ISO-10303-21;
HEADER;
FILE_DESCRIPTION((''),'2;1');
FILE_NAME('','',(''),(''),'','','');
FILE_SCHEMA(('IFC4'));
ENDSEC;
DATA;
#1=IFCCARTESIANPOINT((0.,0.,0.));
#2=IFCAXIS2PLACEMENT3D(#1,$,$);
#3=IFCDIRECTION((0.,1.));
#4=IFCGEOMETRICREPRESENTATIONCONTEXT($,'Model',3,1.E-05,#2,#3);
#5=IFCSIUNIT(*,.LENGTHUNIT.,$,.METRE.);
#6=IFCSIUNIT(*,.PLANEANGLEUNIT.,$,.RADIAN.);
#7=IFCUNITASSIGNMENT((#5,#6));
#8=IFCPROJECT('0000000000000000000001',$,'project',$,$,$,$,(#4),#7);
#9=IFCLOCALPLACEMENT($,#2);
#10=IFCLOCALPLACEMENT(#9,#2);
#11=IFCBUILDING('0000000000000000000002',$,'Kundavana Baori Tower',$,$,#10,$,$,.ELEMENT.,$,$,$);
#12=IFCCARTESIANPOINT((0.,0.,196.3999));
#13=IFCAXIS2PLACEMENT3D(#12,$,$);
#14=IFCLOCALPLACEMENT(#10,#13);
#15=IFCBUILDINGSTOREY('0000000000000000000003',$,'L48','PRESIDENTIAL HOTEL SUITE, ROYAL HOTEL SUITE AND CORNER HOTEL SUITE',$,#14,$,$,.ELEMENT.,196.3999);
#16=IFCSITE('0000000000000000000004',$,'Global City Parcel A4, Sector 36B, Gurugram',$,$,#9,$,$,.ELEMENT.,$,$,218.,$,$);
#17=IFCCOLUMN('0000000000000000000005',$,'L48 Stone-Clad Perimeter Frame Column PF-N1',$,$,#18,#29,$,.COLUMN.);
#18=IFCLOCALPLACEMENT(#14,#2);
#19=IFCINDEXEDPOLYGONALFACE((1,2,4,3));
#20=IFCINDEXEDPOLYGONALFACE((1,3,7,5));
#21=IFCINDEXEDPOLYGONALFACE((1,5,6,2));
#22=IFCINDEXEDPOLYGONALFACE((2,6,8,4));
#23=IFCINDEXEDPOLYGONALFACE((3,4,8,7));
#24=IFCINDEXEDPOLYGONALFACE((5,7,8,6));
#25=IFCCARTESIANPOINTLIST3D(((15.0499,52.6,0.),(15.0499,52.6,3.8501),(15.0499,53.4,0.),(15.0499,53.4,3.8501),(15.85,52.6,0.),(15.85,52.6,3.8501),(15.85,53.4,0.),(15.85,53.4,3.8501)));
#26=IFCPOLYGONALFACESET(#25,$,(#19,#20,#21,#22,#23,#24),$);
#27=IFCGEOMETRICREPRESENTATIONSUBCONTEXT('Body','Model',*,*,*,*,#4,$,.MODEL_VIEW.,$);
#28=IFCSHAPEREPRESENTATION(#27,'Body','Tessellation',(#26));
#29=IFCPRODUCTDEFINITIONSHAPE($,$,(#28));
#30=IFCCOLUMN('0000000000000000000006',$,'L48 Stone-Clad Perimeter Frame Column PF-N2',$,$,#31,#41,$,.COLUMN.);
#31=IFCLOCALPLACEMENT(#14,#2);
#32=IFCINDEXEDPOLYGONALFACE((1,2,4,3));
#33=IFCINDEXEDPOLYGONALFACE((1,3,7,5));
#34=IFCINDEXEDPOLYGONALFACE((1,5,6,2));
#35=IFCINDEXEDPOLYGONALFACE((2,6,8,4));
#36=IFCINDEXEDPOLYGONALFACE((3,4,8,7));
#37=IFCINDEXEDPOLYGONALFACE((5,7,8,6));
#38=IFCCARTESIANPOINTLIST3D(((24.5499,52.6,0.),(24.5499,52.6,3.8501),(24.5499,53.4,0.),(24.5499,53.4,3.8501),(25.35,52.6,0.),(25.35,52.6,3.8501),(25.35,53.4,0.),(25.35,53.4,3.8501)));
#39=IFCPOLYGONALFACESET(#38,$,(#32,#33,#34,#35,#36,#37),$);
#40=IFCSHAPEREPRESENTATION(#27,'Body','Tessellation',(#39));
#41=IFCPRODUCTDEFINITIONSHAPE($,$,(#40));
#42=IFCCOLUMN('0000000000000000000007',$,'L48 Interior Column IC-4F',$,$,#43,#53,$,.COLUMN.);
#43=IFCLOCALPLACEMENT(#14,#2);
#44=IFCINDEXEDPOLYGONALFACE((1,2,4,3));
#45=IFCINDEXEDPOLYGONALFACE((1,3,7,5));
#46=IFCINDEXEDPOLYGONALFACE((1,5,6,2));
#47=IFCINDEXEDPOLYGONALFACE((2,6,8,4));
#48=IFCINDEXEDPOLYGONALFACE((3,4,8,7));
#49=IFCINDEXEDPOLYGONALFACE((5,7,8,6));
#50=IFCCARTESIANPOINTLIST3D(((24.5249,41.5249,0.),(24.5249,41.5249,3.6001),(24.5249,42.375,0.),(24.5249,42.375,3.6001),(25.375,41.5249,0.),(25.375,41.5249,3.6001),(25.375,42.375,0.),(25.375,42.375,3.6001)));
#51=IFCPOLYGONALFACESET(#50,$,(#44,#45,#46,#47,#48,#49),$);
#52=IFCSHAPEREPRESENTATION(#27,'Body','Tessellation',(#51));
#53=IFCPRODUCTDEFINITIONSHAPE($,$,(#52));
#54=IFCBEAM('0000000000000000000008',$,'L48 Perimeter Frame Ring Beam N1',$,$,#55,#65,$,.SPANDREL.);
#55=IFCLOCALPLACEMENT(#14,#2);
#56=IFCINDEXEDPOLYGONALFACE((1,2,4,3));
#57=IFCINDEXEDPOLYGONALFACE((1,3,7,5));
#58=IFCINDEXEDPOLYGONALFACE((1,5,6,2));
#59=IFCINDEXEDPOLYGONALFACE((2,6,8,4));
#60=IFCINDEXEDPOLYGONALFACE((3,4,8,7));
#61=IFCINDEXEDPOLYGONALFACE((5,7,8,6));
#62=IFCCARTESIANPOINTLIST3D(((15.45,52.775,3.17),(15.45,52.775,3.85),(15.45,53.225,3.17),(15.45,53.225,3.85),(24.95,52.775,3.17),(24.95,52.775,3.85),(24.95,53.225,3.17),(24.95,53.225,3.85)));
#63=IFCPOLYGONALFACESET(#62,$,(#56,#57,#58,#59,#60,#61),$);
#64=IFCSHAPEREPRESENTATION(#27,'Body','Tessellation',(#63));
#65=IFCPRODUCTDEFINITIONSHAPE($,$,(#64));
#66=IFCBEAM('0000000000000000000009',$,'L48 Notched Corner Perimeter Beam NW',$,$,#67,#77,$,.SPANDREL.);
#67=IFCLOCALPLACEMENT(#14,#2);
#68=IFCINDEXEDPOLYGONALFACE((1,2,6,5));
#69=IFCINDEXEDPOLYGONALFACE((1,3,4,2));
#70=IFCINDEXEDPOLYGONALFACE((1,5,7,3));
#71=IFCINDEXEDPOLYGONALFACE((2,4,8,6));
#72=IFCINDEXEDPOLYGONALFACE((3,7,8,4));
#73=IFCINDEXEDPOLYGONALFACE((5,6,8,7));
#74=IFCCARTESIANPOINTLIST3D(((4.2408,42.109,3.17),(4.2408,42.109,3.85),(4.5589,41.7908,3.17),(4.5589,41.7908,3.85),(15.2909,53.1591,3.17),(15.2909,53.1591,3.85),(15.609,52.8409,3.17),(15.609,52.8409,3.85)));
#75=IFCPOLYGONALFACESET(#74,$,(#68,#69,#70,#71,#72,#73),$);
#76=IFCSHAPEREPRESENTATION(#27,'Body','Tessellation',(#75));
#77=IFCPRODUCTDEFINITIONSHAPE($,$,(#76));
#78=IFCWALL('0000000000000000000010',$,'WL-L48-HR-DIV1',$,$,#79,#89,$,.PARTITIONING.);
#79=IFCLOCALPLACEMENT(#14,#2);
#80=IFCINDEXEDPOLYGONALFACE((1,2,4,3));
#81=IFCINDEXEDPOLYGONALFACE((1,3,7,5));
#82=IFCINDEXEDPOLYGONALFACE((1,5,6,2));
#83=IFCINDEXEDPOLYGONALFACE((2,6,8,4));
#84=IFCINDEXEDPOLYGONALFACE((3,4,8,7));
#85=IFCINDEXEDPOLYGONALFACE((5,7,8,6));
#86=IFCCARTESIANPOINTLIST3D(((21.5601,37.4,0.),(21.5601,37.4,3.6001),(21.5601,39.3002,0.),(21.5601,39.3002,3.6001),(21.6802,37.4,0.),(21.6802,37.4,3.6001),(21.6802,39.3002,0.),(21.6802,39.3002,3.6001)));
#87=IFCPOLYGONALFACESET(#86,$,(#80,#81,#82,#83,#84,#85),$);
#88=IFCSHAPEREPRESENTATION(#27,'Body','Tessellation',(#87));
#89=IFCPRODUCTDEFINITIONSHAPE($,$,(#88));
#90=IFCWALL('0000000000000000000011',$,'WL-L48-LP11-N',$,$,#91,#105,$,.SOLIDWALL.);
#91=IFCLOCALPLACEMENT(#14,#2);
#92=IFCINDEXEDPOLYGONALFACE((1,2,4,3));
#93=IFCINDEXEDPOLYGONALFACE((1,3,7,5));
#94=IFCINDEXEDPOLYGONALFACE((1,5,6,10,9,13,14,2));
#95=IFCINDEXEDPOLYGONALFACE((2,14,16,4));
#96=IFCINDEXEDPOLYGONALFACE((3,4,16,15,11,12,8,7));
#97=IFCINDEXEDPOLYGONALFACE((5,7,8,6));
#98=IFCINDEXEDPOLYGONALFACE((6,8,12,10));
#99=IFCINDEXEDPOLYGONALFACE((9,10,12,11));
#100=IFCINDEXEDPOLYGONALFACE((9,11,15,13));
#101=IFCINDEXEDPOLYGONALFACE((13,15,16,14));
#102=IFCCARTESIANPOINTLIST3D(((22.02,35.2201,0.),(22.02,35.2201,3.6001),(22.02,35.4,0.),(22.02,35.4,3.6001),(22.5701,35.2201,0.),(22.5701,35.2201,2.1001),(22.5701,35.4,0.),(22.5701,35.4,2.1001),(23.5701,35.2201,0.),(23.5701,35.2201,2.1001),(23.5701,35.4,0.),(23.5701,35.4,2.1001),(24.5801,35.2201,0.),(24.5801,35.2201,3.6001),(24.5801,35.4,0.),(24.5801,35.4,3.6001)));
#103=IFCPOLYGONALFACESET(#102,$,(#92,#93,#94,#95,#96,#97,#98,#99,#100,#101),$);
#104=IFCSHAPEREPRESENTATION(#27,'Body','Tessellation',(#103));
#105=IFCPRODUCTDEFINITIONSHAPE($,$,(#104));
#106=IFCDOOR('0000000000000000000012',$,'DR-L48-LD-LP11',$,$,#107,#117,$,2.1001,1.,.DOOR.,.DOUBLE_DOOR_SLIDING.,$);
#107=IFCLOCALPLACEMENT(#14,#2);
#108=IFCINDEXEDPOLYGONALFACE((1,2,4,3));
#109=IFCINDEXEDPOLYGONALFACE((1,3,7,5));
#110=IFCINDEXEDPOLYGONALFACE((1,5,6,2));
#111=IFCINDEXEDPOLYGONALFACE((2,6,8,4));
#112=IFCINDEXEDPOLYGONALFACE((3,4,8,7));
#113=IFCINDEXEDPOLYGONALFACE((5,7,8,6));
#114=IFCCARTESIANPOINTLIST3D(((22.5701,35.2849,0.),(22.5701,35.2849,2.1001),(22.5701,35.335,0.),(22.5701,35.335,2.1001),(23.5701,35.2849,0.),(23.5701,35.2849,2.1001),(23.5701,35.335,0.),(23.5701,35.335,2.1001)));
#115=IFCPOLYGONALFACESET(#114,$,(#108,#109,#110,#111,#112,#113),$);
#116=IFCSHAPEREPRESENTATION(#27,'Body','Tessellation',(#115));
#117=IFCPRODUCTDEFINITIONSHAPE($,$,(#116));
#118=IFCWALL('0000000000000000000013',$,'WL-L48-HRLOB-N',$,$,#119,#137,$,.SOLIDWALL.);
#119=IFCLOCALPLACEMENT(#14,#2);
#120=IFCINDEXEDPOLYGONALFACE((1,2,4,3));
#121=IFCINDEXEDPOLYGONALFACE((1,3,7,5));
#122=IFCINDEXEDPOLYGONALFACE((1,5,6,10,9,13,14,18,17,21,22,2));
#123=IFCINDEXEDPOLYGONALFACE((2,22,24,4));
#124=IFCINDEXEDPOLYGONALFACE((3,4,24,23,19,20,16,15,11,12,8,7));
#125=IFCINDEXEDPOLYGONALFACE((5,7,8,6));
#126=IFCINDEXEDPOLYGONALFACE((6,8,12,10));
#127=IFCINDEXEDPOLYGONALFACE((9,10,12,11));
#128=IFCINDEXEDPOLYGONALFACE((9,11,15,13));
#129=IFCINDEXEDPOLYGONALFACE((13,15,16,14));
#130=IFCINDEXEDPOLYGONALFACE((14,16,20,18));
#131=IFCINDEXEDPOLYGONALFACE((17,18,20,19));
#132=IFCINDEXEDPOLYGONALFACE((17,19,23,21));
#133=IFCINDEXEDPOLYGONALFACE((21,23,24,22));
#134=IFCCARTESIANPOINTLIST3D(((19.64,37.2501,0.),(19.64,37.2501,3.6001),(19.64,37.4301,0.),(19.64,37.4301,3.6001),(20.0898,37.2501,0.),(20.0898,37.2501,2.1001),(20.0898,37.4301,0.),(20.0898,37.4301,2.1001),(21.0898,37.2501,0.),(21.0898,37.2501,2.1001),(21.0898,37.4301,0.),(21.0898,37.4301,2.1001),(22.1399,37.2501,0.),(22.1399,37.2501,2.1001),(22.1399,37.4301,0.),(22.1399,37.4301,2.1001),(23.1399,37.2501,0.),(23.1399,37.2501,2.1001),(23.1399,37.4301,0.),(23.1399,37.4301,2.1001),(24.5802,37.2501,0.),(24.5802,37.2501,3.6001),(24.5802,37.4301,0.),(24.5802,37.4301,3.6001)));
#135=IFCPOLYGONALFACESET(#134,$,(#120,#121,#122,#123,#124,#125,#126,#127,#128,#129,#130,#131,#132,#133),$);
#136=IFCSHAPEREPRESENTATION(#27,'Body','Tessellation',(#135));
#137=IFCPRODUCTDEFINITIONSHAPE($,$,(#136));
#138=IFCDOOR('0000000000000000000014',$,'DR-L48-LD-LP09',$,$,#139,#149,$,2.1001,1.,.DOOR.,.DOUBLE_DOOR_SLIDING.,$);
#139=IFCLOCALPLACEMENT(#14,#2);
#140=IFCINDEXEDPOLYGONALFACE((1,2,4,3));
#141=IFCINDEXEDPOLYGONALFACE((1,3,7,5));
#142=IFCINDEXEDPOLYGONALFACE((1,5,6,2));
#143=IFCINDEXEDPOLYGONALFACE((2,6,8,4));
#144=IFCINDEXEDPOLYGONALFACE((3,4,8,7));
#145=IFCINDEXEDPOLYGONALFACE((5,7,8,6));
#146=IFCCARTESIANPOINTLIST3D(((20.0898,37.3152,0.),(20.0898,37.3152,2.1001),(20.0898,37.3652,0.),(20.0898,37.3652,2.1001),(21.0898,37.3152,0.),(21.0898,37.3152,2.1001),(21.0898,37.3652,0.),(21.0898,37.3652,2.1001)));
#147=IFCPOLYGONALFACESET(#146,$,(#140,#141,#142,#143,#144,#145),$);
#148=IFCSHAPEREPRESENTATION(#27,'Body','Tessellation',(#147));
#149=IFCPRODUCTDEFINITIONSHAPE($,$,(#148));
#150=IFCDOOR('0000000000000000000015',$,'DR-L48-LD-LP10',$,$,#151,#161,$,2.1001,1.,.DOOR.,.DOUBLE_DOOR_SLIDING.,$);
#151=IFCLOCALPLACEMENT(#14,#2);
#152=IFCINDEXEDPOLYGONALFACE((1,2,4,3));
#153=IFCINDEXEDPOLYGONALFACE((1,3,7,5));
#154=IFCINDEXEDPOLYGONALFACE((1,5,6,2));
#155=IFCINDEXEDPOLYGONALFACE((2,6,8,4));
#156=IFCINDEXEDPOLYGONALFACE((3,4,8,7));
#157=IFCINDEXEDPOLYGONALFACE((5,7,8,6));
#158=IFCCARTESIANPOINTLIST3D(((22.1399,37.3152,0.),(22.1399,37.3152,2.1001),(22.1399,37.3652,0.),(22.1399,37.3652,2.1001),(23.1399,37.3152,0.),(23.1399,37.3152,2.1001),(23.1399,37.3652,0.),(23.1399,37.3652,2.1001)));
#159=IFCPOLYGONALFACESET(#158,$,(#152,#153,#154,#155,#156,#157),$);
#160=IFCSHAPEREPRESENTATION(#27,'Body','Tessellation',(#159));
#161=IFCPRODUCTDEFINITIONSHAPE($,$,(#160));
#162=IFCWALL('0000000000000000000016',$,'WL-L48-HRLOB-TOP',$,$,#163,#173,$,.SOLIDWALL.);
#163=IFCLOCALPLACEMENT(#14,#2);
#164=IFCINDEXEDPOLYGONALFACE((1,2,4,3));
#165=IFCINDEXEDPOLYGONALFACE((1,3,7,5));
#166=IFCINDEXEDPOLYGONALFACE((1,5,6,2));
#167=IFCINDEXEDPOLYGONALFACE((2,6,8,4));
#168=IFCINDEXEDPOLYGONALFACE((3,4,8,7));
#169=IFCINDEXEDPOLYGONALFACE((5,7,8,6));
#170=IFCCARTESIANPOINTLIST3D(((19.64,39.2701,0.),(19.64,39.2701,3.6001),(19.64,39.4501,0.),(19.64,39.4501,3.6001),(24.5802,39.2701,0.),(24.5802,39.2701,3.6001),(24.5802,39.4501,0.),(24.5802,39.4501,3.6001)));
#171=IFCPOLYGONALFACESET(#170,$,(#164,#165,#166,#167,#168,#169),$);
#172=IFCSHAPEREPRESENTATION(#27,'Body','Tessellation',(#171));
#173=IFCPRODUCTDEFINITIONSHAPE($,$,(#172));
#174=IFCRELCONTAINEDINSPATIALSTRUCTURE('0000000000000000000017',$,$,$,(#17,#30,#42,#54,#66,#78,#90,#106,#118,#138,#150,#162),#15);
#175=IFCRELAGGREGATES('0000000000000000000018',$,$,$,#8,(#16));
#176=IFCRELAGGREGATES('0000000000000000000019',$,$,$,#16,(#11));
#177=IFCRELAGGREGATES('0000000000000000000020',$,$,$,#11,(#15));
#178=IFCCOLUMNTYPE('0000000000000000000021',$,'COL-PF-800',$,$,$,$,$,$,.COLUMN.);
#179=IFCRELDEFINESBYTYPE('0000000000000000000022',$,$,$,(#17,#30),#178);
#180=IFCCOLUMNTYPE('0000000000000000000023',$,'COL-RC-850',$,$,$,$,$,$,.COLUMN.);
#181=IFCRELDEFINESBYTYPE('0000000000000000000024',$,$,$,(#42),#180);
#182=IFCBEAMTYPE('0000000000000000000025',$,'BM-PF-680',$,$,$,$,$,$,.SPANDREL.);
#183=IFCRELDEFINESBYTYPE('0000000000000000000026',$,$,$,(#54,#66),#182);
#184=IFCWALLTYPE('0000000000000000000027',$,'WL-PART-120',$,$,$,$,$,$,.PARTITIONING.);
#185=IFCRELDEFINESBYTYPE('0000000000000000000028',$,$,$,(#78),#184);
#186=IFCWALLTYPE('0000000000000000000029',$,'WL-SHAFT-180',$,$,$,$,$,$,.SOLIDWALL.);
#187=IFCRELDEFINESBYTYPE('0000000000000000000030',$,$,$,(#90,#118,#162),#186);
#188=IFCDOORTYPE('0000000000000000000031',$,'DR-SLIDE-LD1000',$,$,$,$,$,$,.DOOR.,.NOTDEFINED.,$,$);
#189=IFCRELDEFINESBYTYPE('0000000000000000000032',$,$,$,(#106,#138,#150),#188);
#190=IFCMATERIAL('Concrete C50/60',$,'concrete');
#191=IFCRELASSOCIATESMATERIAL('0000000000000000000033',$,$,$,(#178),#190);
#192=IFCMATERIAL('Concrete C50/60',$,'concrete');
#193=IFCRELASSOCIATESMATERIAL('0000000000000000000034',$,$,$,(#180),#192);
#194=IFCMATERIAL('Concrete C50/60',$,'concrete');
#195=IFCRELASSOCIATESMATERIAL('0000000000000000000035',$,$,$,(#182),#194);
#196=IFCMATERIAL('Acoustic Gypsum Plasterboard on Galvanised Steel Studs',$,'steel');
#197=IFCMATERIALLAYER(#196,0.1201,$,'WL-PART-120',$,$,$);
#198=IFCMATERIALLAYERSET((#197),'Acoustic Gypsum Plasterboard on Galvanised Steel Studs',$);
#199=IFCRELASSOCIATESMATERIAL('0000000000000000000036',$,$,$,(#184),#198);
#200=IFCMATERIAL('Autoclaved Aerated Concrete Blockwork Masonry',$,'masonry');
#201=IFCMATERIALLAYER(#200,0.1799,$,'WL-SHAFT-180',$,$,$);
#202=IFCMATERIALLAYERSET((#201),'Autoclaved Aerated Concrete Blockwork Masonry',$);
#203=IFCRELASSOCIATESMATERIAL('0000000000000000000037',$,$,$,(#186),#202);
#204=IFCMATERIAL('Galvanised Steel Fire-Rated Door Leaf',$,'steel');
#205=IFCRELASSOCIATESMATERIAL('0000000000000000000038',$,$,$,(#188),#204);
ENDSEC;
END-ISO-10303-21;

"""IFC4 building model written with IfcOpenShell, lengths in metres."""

from ifc_helpers import new_model, si_unit, direction, frame, frame_2d, origin, origin_2d, place, context, subcontext, project, spatial, rectangle, extrude, material, layer, layer_set, material_profile, profile_set, type_object, element, fill, save


model = new_model("IFC4")

# Units and contexts
model_context = context("Model", 3, precision=1e-05, world=origin(), true_north=direction((0.0, 1.0)))
body_context = subcontext(model_context, "Body", "Model", "MODEL_VIEW")
ifc_project = project(units=[si_unit("LENGTHUNIT", "METRE"), si_unit("PLANEANGLEUNIT", "RADIAN")], contexts=[model_context])

# Site, building, storey
site_placement = place(None, origin())
site = spatial("IfcSite", under=ifc_project, at=site_placement, Name="Global City Parcel A4, Sector 36B, Gurugram", CompositionType="ELEMENT", RefElevation=218.0)
building_placement = place(site_placement, origin())
building = spatial("IfcBuilding", under=site, at=building_placement, Name="Kundavana Baori Tower", CompositionType="ELEMENT")
storey_placement = place(building_placement, frame((0.0, 0.0, 196.3999)))
storey = spatial("IfcBuildingStorey", under=building, at=storey_placement, Name="L48", Description="PRESIDENTIAL HOTEL SUITE, ROYAL HOTEL SUITE AND CORNER HOTEL SUITE", CompositionType="ELEMENT", Elevation=196.3999)

# Columns
ifc_material_1 = material(Name="Concrete C50/60", Category="concrete")
ifc_material_profile_1 = material_profile(ifc_material_1, rectangle(XDim=0.8, YDim=0.8, at=origin_2d()), Name="RC PF 800x800")
ifc_profile_set_1 = profile_set([ifc_material_profile_1], Name="Concrete C50/60")
column_type_1 = type_object("IfcColumnType", Name="COL-PF-800", PredefinedType="COLUMN", material=ifc_profile_set_1)
for number, where, z_axis, x_axis, name in (
    (1, (15.45, 53.0, 0.0), (0.0, 0.0, 1.0), (1.0, 0.0, 0.0), "L48 Stone-Clad Perimeter Frame Column PF-N1"),
    (2, (24.95, 53.0, 0.0), (0.0, 0.0, 1.0), (1.0, 0.0, 0.0), "L48 Stone-Clad Perimeter Frame Column PF-N2"),
):
    element("IfcColumn", number, at=place(storey_placement, frame(where, z_axis=z_axis, x_axis=x_axis)), inside=storey, type_object=column_type_1, Name=name, PredefinedType="COLUMN", context=body_context, shape_type="SweptSolid", body=[
        extrude(rectangle(XDim=0.8, YDim=0.8, at=origin_2d()), origin(), (0.0, 0.0, 1.0), 3.8501),
    ])
ifc_material_2 = material(Name="Concrete C50/60", Category="concrete")
ifc_material_profile_2 = material_profile(ifc_material_2, rectangle(XDim=0.8501, YDim=0.8501, at=origin_2d()), Name="RC 850x850")
ifc_profile_set_2 = profile_set([ifc_material_profile_2], Name="Concrete C50/60")
column_type_2 = type_object("IfcColumnType", Name="COL-RC-850", PredefinedType="COLUMN", material=ifc_profile_set_2)
column_placement = place(storey_placement, frame((24.95, 41.95, 0.0), z_axis=(0.0, 0.0, 1.0), x_axis=(1.0, 0.0, 0.0)))
element("IfcColumn", 3, at=column_placement, inside=storey, type_object=column_type_2, Name="L48 Interior Column IC-4F", PredefinedType="COLUMN", context=body_context, shape_type="SweptSolid", body=[
    extrude(rectangle(XDim=0.8501, YDim=0.8501, at=origin_2d()), origin(), (0.0, 0.0, 1.0), 3.6001),
])

# Beams
ifc_material_3 = material(Name="Concrete C50/60", Category="concrete")
ifc_material_profile_3 = material_profile(ifc_material_3, rectangle(XDim=0.45, YDim=0.6799, at=origin_2d()), Name="RC BM 450x680")
ifc_profile_set_3 = profile_set([ifc_material_profile_3], Name="Concrete C50/60")
beam_type = type_object("IfcBeamType", Name="BM-PF-680", PredefinedType="SPANDREL", material=ifc_profile_set_3)
beam_1_placement = place(storey_placement, frame((15.45, 53.0, 3.51), z_axis=(1.0, 0.0, 0.0), x_axis=(0.0, 1.0, 0.0)))
element("IfcBeam", 4, at=beam_1_placement, inside=storey, type_object=beam_type, Name="L48 Perimeter Frame Ring Beam N1", PredefinedType="SPANDREL", context=body_context, shape_type="SweptSolid", body=[
    extrude(rectangle(XDim=0.45, YDim=0.6799, at=origin_2d()), origin(), (0.0, 0.0, 1.0), 9.5),
])
beam_2_placement = place(storey_placement, frame((15.45, 53.0, 3.51), z_axis=(-0.707107, -0.707107, 0.0), x_axis=(0.707107, -0.707107, 0.0)))
element("IfcBeam", 5, at=beam_2_placement, inside=storey, type_object=beam_type, Name="L48 Notched Corner Perimeter Beam NW", PredefinedType="SPANDREL", context=body_context, shape_type="SweptSolid", body=[
    extrude(rectangle(XDim=0.45, YDim=0.6799, at=origin_2d()), origin(), (0.0, 0.0, 1.0), 15.6272),
])

# Wall
ifc_material_4 = material(Name="Acoustic Gypsum Plasterboard on Galvanised Steel Studs", Category="steel")
ifc_layer_1 = layer(ifc_material_4, 0.1201, Name="WL-PART-120")
ifc_layer_set_1 = layer_set([ifc_layer_1], Name="Acoustic Gypsum Plasterboard on Galvanised Steel Studs")
wall_type_1 = type_object("IfcWallType", Name="WL-PART-120", PredefinedType="PARTITIONING", material=ifc_layer_set_1)
wall_1_placement = place(storey_placement, frame((21.6201, 37.3999, 0.0), z_axis=(0.0, 0.0, 1.0), x_axis=(0.0, 1.0, 0.0)))
element("IfcWall", 6, at=wall_1_placement, inside=storey, type_object=wall_type_1, Name="WL-L48-HR-DIV1", PredefinedType="PARTITIONING", context=body_context, shape_type="SweptSolid", body=[
    extrude(rectangle(XDim=1.9001, YDim=0.1201, at=frame_2d((0.9502, 0.0))), origin(), (0.0, 0.0, 1.0), 3.6001),
])

# Wall, opening, door
ifc_material_5 = material(Name="Autoclaved Aerated Concrete Blockwork Masonry", Category="masonry")
ifc_layer_2 = layer(ifc_material_5, 0.1799, Name="WL-SHAFT-180")
ifc_layer_set_2 = layer_set([ifc_layer_2], Name="Autoclaved Aerated Concrete Blockwork Masonry")
wall_type_2 = type_object("IfcWallType", Name="WL-SHAFT-180", PredefinedType="SOLIDWALL", material=ifc_layer_set_2)
wall_2_placement = place(storey_placement, frame((22.02, 35.3101, 0.0), z_axis=(0.0, 0.0, 1.0), x_axis=(1.0, 0.0, 0.0)))
wall_2 = element("IfcWall", 7, at=wall_2_placement, inside=storey, type_object=wall_type_2, Name="WL-L48-LP11-N", PredefinedType="SOLIDWALL", context=body_context, shape_type="SweptSolid", body=[
    extrude(rectangle(XDim=2.5601, YDim=0.1799, at=frame_2d((1.28, 0.0))), origin(), (0.0, 0.0, 1.0), 3.6001),
])
opening_1_placement = place(wall_2_placement, frame((0.55, 0.0, 0.0)))
opening_1 = element("IfcOpeningElement", 8, at=opening_1_placement, cuts=wall_2, PredefinedType="OPENING", context=body_context, shape_type="SweptSolid", body=[
    extrude(rectangle(XDim=1.0, YDim=2.1001, at=frame_2d((0.5, 1.05))), frame((0.0, 0.1001, 0.0), z_axis=(0.0, -1.0, 0.0), x_axis=(1.0, 0.0, 0.0)), (0.0, 0.0, 1.0), 0.2),
])
ifc_material_6 = material(Name="Galvanised Steel Fire-Rated Door Leaf", Category="steel")
door_type = type_object("IfcDoorType", Name="DR-SLIDE-LD1000", OperationType="NOTDEFINED", PredefinedType="DOOR", material=ifc_material_6)
door_1_placement = place(opening_1_placement, origin())
door_1 = element("IfcDoor", 9, at=door_1_placement, inside=storey, type_object=door_type, Name="DR-L48-LD-LP11", OperationType="DOUBLE_DOOR_SLIDING", OverallHeight=2.1001, OverallWidth=1.0, PredefinedType="DOOR", context=body_context, shape_type="SweptSolid", body=[
    extrude(rectangle(XDim=1.0, YDim=2.1001, at=frame_2d((0.5, 1.05))), frame((0.0, 0.0249, 0.0), z_axis=(0.0, -1.0, 0.0), x_axis=(1.0, 0.0, 0.0)), (0.0, 0.0, 1.0), 0.05),
])
fill(opening_1, door_1)

# Wall, openings, doors
wall_3_placement = place(storey_placement, frame((19.6399, 37.3401, 0.0), z_axis=(0.0, 0.0, 1.0), x_axis=(1.0, 0.0, 0.0)))
wall_3 = element("IfcWall", 10, at=wall_3_placement, inside=storey, type_object=wall_type_2, Name="WL-L48-HRLOB-N", PredefinedType="SOLIDWALL", context=body_context, shape_type="SweptSolid", body=[
    extrude(rectangle(XDim=4.9402, YDim=0.1799, at=frame_2d((2.4702, 0.0))), origin(), (0.0, 0.0, 1.0), 3.6001),
])
opening_2_placement = place(wall_3_placement, frame((0.45, 0.0, 0.0)))
opening_2 = element("IfcOpeningElement", 11, at=opening_2_placement, cuts=wall_3, PredefinedType="OPENING", context=body_context, shape_type="SweptSolid", body=[
    extrude(rectangle(XDim=1.0, YDim=2.1001, at=frame_2d((0.5, 1.05))), frame((0.0, 0.1001, 0.0), z_axis=(0.0, -1.0, 0.0), x_axis=(1.0, 0.0, 0.0)), (0.0, 0.0, 1.0), 0.2),
])
opening_3_placement = place(wall_3_placement, frame((2.5, 0.0, 0.0)))
opening_3 = element("IfcOpeningElement", 12, at=opening_3_placement, cuts=wall_3, PredefinedType="OPENING", context=body_context, shape_type="SweptSolid", body=[
    extrude(rectangle(XDim=1.0, YDim=2.1001, at=frame_2d((0.5, 1.05))), frame((0.0, 0.1001, 0.0), z_axis=(0.0, -1.0, 0.0), x_axis=(1.0, 0.0, 0.0)), (0.0, 0.0, 1.0), 0.2),
])
door_2_placement = place(opening_2_placement, frame((1.0, 0.0, 0.0), z_axis=(0.0, 0.0, 1.0), x_axis=(-1.0, 0.0, 0.0)))
door_2 = element("IfcDoor", 13, at=door_2_placement, inside=storey, type_object=door_type, Name="DR-L48-LD-LP09", OperationType="DOUBLE_DOOR_SLIDING", OverallHeight=2.1001, OverallWidth=1.0, PredefinedType="DOOR", context=body_context, shape_type="SweptSolid", body=[
    extrude(rectangle(XDim=1.0, YDim=2.1001, at=frame_2d((0.5, 1.05))), frame((0.0, 0.0249, 0.0), z_axis=(0.0, -1.0, 0.0), x_axis=(1.0, 0.0, 0.0)), (0.0, 0.0, 1.0), 0.05),
])
fill(opening_2, door_2)
door_3_placement = place(opening_3_placement, frame((1.0, 0.0, 0.0), z_axis=(0.0, 0.0, 1.0), x_axis=(-1.0, 0.0, 0.0)))
door_3 = element("IfcDoor", 14, at=door_3_placement, inside=storey, type_object=door_type, Name="DR-L48-LD-LP10", OperationType="DOUBLE_DOOR_SLIDING", OverallHeight=2.1001, OverallWidth=1.0, PredefinedType="DOOR", context=body_context, shape_type="SweptSolid", body=[
    extrude(rectangle(XDim=1.0, YDim=2.1001, at=frame_2d((0.5, 1.05))), frame((0.0, 0.0249, 0.0), z_axis=(0.0, -1.0, 0.0), x_axis=(1.0, 0.0, 0.0)), (0.0, 0.0, 1.0), 0.05),
])
fill(opening_3, door_3)

# Wall
wall_4_placement = place(storey_placement, frame((19.6399, 39.3601, 0.0), z_axis=(0.0, 0.0, 1.0), x_axis=(1.0, 0.0, 0.0)))
element("IfcWall", 15, at=wall_4_placement, inside=storey, type_object=wall_type_2, Name="WL-L48-HRLOB-TOP", PredefinedType="SOLIDWALL", context=body_context, shape_type="SweptSolid", body=[
    extrude(rectangle(XDim=4.9402, YDim=0.1799, at=frame_2d((2.4702, 0.0))), origin(), (0.0, 0.0, 1.0), 3.6001),
])

save(model, "model.ifc")
